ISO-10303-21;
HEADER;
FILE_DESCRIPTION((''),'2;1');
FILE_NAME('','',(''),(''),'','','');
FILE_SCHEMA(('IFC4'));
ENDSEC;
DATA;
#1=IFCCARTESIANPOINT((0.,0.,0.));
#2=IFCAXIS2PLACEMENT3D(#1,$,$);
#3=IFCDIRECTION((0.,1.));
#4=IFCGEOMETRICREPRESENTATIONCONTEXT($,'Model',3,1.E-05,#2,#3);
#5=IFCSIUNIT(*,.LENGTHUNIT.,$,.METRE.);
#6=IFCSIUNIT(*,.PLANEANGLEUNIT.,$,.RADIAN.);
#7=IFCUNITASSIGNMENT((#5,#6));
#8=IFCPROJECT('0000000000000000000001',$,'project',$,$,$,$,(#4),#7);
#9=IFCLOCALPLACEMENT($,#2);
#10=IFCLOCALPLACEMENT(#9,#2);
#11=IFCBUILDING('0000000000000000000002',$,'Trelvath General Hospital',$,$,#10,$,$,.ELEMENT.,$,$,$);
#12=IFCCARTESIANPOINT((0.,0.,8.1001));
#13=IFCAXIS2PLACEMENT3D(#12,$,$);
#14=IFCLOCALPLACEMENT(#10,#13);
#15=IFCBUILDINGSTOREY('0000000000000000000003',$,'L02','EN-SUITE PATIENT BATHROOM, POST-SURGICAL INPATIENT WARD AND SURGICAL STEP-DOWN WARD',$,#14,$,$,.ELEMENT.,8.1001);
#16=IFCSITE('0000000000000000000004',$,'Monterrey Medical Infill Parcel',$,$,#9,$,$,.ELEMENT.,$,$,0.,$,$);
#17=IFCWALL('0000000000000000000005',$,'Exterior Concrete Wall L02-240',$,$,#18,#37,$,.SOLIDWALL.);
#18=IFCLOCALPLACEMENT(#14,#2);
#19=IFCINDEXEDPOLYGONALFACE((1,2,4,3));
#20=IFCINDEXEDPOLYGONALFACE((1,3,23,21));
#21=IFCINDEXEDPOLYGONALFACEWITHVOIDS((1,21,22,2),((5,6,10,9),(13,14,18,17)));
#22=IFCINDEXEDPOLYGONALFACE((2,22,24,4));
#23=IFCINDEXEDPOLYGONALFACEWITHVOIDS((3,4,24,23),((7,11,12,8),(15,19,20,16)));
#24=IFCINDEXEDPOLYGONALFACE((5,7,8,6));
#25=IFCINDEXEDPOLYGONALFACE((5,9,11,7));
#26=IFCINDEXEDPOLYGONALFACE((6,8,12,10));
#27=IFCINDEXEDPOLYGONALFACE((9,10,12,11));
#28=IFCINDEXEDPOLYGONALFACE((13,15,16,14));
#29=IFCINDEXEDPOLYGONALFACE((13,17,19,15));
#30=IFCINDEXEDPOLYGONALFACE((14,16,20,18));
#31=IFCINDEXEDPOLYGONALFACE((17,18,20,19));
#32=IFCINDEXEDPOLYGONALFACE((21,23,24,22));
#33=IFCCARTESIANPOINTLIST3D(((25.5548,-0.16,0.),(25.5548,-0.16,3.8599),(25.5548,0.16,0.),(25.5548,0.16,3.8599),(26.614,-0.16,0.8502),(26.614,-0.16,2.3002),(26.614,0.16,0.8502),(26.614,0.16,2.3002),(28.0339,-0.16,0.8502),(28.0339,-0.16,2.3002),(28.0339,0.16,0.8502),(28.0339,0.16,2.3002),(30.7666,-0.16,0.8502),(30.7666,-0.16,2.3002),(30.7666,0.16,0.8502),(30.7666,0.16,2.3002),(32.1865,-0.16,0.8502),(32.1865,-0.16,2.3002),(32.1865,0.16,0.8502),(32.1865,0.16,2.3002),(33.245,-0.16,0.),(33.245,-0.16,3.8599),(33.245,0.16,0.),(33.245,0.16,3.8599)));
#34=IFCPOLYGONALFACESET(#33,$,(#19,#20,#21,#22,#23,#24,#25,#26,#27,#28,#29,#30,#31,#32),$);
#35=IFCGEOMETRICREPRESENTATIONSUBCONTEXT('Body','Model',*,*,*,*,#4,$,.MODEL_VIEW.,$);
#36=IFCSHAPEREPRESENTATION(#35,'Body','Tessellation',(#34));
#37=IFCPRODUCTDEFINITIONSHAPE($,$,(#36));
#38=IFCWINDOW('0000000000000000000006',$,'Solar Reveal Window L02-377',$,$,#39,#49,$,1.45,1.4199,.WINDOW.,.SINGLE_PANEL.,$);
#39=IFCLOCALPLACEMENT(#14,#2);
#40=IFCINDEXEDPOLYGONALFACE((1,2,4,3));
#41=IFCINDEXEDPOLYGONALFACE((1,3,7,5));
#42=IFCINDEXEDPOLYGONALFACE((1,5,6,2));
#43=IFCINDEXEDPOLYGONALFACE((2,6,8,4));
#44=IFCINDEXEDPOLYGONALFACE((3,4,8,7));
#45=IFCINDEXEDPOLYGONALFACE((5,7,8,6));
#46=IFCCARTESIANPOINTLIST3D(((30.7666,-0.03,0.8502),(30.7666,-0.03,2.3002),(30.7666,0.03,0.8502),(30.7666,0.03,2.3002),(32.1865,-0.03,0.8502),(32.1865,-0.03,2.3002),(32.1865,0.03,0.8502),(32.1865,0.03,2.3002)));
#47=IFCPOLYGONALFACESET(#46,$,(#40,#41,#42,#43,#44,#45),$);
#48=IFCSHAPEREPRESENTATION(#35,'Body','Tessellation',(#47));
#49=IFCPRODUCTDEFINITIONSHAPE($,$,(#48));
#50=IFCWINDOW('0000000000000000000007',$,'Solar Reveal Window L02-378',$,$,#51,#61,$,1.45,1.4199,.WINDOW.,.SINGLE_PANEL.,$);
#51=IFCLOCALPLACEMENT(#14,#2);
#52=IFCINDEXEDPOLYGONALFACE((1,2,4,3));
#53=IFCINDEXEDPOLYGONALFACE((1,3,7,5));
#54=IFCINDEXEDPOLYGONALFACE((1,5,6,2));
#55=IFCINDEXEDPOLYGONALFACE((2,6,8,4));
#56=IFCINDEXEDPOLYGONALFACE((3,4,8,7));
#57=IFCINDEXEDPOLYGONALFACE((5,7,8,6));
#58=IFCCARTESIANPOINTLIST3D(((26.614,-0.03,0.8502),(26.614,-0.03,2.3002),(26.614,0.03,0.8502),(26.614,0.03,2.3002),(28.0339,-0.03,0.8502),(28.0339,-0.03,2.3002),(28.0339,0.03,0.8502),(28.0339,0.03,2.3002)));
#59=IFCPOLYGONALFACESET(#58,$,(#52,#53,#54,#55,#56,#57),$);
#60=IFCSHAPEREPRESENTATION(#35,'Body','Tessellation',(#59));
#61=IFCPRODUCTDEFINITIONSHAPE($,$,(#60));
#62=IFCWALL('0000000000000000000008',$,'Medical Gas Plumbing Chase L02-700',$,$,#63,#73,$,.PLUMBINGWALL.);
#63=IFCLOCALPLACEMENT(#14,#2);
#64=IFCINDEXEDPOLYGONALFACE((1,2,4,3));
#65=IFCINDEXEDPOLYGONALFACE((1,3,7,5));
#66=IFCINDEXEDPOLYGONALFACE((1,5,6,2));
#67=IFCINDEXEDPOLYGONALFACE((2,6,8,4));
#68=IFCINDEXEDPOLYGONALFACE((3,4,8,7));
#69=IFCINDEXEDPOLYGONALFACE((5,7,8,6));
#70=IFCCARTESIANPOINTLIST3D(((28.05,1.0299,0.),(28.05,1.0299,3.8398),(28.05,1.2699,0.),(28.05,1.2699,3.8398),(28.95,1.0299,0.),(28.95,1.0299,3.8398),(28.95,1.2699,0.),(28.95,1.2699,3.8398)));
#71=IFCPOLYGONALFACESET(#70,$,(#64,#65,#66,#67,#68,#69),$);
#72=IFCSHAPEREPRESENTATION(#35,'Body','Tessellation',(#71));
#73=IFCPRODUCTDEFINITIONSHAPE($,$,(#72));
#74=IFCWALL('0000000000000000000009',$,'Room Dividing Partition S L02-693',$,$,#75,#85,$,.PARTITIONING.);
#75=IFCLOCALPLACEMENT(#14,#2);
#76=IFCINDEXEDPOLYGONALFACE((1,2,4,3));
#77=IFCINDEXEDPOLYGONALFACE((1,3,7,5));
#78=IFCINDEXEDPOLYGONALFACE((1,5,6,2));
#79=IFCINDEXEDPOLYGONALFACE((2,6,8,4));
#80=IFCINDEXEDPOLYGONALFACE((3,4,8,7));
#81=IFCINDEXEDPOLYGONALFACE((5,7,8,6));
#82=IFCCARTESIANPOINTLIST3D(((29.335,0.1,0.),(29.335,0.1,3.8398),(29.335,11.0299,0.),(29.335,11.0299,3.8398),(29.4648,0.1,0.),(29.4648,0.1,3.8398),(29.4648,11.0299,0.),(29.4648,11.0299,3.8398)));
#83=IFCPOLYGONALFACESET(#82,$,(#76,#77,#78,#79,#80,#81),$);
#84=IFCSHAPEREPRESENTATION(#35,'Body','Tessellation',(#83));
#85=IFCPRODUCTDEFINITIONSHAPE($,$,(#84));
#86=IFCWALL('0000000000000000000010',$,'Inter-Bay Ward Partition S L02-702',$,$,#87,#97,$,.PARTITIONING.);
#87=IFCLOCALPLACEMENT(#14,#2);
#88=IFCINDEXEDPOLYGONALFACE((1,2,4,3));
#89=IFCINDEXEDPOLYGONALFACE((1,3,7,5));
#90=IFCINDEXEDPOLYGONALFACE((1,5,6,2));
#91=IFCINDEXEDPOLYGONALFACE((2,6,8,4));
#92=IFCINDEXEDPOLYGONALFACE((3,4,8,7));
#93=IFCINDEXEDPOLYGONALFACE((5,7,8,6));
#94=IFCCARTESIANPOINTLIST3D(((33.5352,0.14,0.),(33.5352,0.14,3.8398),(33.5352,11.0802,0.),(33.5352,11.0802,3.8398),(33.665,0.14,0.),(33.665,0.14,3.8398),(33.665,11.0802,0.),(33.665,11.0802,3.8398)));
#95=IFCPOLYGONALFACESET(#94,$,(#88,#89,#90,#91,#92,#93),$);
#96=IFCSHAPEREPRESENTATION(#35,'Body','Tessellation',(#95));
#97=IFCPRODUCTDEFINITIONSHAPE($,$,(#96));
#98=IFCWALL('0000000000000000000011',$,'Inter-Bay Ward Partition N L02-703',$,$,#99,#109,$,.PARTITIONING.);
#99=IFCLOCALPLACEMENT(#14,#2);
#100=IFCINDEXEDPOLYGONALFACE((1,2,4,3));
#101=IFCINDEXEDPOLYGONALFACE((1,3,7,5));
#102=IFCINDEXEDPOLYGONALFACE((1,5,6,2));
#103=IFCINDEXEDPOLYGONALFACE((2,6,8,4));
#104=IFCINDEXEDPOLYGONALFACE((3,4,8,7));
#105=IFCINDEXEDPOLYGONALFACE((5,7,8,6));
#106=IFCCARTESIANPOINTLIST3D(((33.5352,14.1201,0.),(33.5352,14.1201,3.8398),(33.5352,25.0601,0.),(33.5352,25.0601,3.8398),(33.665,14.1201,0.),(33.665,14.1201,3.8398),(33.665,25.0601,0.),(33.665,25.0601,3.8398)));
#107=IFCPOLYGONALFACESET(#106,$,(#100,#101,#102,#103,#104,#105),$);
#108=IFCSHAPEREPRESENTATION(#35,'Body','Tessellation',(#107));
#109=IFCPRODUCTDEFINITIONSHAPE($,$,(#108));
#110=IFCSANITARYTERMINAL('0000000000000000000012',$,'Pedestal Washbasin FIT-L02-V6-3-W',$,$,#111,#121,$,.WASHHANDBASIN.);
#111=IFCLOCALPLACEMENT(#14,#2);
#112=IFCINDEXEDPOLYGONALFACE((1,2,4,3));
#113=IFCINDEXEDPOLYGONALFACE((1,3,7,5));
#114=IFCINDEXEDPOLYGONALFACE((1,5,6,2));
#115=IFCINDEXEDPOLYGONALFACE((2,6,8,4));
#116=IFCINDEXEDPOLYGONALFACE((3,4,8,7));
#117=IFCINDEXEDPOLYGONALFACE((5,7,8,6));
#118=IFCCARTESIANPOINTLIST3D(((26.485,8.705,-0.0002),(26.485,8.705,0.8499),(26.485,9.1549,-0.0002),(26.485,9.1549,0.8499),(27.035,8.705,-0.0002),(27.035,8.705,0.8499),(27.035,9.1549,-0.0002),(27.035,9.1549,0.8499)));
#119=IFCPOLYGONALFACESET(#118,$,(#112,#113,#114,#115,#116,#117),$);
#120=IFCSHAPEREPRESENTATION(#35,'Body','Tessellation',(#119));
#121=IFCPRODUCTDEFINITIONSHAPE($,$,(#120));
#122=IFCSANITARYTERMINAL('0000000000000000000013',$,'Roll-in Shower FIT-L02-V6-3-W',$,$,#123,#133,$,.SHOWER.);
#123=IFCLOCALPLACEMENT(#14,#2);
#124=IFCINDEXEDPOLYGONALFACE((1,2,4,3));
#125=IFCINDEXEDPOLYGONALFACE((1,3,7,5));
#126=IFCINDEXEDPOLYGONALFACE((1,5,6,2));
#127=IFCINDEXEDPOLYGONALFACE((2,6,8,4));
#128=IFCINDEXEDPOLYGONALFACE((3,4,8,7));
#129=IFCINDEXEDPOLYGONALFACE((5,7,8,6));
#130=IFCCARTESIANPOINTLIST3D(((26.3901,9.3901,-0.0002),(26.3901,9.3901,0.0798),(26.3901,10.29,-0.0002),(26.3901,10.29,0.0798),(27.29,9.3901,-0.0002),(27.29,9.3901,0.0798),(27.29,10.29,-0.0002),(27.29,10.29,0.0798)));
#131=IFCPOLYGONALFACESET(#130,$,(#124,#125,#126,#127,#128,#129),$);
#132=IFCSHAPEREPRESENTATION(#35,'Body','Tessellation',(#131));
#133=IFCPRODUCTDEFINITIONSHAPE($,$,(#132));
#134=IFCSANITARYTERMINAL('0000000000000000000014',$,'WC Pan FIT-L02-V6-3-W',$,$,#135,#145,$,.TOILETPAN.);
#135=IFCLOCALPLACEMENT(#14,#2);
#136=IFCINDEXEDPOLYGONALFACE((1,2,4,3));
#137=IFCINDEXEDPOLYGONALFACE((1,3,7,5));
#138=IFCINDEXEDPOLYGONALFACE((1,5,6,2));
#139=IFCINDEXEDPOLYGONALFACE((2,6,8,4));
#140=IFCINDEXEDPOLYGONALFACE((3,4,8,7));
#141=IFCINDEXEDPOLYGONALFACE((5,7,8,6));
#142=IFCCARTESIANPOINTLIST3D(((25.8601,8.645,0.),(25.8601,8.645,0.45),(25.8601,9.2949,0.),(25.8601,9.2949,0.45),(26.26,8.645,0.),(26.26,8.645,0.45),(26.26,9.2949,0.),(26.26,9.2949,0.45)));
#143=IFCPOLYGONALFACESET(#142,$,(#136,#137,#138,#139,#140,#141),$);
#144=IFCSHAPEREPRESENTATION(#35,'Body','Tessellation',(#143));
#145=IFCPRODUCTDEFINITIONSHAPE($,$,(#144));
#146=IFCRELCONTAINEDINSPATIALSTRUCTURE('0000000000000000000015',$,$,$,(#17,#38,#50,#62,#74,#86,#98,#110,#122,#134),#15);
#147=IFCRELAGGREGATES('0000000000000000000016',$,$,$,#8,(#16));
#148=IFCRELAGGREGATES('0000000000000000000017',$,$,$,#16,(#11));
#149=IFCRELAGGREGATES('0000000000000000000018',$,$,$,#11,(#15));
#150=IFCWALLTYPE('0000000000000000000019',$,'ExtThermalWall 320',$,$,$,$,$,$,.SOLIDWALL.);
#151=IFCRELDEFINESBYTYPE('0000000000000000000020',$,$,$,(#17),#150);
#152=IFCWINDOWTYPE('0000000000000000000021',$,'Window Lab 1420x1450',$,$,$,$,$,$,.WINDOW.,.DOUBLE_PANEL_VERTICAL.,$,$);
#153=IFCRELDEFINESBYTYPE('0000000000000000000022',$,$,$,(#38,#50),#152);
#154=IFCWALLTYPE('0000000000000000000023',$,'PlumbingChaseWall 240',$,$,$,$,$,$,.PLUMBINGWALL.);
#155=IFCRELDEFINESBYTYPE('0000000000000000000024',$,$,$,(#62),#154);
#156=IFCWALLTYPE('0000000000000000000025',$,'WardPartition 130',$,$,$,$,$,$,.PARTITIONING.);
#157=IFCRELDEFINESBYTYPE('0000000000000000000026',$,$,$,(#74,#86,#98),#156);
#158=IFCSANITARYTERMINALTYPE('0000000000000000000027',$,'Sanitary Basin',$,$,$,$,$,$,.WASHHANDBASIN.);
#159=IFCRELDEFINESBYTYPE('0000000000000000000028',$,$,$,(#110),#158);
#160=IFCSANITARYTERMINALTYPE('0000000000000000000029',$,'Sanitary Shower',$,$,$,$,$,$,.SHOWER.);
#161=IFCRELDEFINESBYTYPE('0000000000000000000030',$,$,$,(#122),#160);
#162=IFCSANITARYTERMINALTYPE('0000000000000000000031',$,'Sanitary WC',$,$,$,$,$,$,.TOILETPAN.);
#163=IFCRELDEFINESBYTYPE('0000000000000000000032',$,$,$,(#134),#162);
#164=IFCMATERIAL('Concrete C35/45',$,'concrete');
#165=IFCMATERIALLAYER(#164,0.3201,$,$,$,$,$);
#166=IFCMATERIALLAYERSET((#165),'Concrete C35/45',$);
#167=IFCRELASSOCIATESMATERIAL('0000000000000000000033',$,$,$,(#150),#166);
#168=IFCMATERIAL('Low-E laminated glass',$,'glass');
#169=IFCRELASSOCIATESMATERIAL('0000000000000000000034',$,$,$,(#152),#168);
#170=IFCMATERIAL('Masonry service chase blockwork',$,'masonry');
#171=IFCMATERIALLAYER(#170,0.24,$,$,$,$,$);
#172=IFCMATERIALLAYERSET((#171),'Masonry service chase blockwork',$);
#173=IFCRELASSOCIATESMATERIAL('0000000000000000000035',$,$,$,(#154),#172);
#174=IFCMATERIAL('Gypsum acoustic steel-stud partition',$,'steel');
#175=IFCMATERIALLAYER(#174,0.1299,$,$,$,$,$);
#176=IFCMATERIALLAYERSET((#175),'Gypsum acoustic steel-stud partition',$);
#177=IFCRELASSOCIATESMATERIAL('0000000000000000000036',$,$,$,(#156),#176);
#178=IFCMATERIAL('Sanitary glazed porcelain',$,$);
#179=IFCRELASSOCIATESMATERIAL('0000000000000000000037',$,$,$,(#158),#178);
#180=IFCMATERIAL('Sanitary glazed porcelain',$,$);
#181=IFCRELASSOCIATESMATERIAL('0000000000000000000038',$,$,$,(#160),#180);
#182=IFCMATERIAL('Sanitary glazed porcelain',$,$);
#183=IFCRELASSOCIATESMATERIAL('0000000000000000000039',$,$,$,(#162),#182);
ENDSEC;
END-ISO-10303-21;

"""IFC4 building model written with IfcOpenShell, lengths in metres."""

from ifc_helpers import new_model, si_unit, direction, frame, frame_2d, origin, origin_2d, place, context, subcontext, project, spatial, rectangle, extrude, material, layer, layer_set, type_object, element, fill, save


model = new_model("IFC4")

# Units and contexts
model_context = context("Model", 3, precision=1e-05, world=origin(), true_north=direction((0.0, 1.0)))
body_context = subcontext(model_context, "Body", "Model", "MODEL_VIEW")
ifc_project = project(units=[si_unit("LENGTHUNIT", "METRE"), si_unit("PLANEANGLEUNIT", "RADIAN")], contexts=[model_context])

# Site, building, storey
site_placement = place(None, origin())
site = spatial("IfcSite", under=ifc_project, at=site_placement, Name="Monterrey Medical Infill Parcel", CompositionType="ELEMENT", RefElevation=0.0)
building_placement = place(site_placement, origin())
building = spatial("IfcBuilding", under=site, at=building_placement, Name="Trelvath General Hospital", CompositionType="ELEMENT")
storey_placement = place(building_placement, frame((0.0, 0.0, 8.1001)))
storey = spatial("IfcBuildingStorey", under=building, at=storey_placement, Name="L02", Description="EN-SUITE PATIENT BATHROOM, POST-SURGICAL INPATIENT WARD AND SURGICAL STEP-DOWN WARD", CompositionType="ELEMENT", Elevation=8.1001)

# Wall, openings, windows
ifc_material_1 = material(Name="Concrete C35/45", Category="concrete")
ifc_layer_1 = layer(ifc_material_1, 0.3201)
ifc_layer_set_1 = layer_set([ifc_layer_1], Name="Concrete C35/45")
wall_type_1 = type_object("IfcWallType", Name="ExtThermalWall 320", PredefinedType="SOLIDWALL", material=ifc_layer_set_1)
wall_1_placement = place(storey_placement, frame((33.2451, 0.0, 0.0), z_axis=(0.0, 0.0, 1.0), x_axis=(-1.0, 0.0, 0.0)))
wall_1 = element("IfcWall", 1, at=wall_1_placement, inside=storey, type_object=wall_type_1, Name="Exterior Concrete Wall L02-240", PredefinedType="SOLIDWALL", context=body_context, shape_type="SweptSolid", body=[
    extrude(rectangle(XDim=7.6902, YDim=0.3201, at=frame_2d((3.8452, 0.0))), origin(), (0.0, 0.0, 1.0), 3.8599),
])
opening_1_placement = place(wall_1_placement, frame((1.0586, 0.0, 0.8501)))
opening_1 = element("IfcOpeningElement", 2, at=opening_1_placement, cuts=wall_1, PredefinedType="OPENING", context=body_context, shape_type="SweptSolid", body=[
    extrude(rectangle(XDim=1.4199, YDim=1.45, at=frame_2d((0.71, 0.7251))), frame((0.0, 0.1699, 0.0), z_axis=(0.0, -1.0, 0.0), x_axis=(1.0, 0.0, 0.0)), (0.0, 0.0, 1.0), 0.3401),
])
opening_2_placement = place(wall_1_placement, frame((5.2112, 0.0, 0.8501)))
opening_2 = element("IfcOpeningElement", 3, at=opening_2_placement, cuts=wall_1, PredefinedType="OPENING", context=body_context, shape_type="SweptSolid", body=[
    extrude(rectangle(XDim=1.4199, YDim=1.45, at=frame_2d((0.71, 0.7251))), frame((0.0, 0.1699, 0.0), z_axis=(0.0, -1.0, 0.0), x_axis=(1.0, 0.0, 0.0)), (0.0, 0.0, 1.0), 0.3401),
])
ifc_material_2 = material(Name="Low-E laminated glass", Category="glass")
window_type = type_object("IfcWindowType", Name="Window Lab 1420x1450", PartitioningType="DOUBLE_PANEL_VERTICAL", PredefinedType="WINDOW", material=ifc_material_2)
window_1_placement = place(opening_1_placement, origin())
window_1 = element("IfcWindow", 4, at=window_1_placement, inside=storey, type_object=window_type, Name="Solar Reveal Window L02-377", OverallHeight=1.45, OverallWidth=1.4199, PartitioningType="SINGLE_PANEL", PredefinedType="WINDOW", context=body_context, shape_type="SweptSolid", body=[
    extrude(rectangle(XDim=1.4199, YDim=1.45, at=frame_2d((0.71, 0.7251))), frame((0.0, 0.03, 0.0), z_axis=(0.0, -1.0, 0.0), x_axis=(1.0, 0.0, 0.0)), (0.0, 0.0, 1.0), 0.0601),
])
fill(opening_1, window_1)
window_2_placement = place(opening_2_placement, origin())
window_2 = element("IfcWindow", 5, at=window_2_placement, inside=storey, type_object=window_type, Name="Solar Reveal Window L02-378", OverallHeight=1.45, OverallWidth=1.4199, PartitioningType="SINGLE_PANEL", PredefinedType="WINDOW", context=body_context, shape_type="SweptSolid", body=[
    extrude(rectangle(XDim=1.4199, YDim=1.45, at=frame_2d((0.71, 0.7251))), frame((0.0, 0.03, 0.0), z_axis=(0.0, -1.0, 0.0), x_axis=(1.0, 0.0, 0.0)), (0.0, 0.0, 1.0), 0.0601),
])
fill(opening_2, window_2)

# Walls
ifc_material_3 = material(Name="Masonry service chase blockwork", Category="masonry")
ifc_layer_2 = layer(ifc_material_3, 0.24)
ifc_layer_set_2 = layer_set([ifc_layer_2], Name="Masonry service chase blockwork")
wall_type_2 = type_object("IfcWallType", Name="PlumbingChaseWall 240", PredefinedType="PLUMBINGWALL", material=ifc_layer_set_2)
wall_2_placement = place(storey_placement, frame((28.05, 1.1499, 0.0), z_axis=(0.0, 0.0, 1.0), x_axis=(1.0, 0.0, 0.0)))
element("IfcWall", 6, at=wall_2_placement, inside=storey, type_object=wall_type_2, Name="Medical Gas Plumbing Chase L02-700", PredefinedType="PLUMBINGWALL", context=body_context, shape_type="SweptSolid", body=[
    extrude(rectangle(XDim=0.8999, YDim=0.24, at=frame_2d((0.45, 0.0))), origin(), (0.0, 0.0, 1.0), 3.8398),
])
ifc_material_4 = material(Name="Gypsum acoustic steel-stud partition", Category="steel")
ifc_layer_3 = layer(ifc_material_4, 0.1299)
ifc_layer_set_3 = layer_set([ifc_layer_3], Name="Gypsum acoustic steel-stud partition")
wall_type_3 = type_object("IfcWallType", Name="WardPartition 130", PredefinedType="PARTITIONING", material=ifc_layer_set_3)
wall_3_placement = place(storey_placement, frame((29.3999, 0.1001, 0.0), z_axis=(0.0, 0.0, 1.0), x_axis=(0.0, 1.0, 0.0)))
element("IfcWall", 7, at=wall_3_placement, inside=storey, type_object=wall_type_3, Name="Room Dividing Partition S L02-693", PredefinedType="PARTITIONING", context=body_context, shape_type="SweptSolid", body=[
    extrude(rectangle(XDim=10.9299, YDim=0.1299, at=frame_2d((5.4648, 0.0))), origin(), (0.0, 0.0, 1.0), 3.8398),
])
wall_4_placement = place(storey_placement, frame((33.6001, 0.1399, 0.0), z_axis=(0.0, 0.0, 1.0), x_axis=(0.0, 1.0, 0.0)))
element("IfcWall", 8, at=wall_4_placement, inside=storey, type_object=wall_type_3, Name="Inter-Bay Ward Partition S L02-702", PredefinedType="PARTITIONING", context=body_context, shape_type="SweptSolid", body=[
    extrude(rectangle(XDim=10.9402, YDim=0.1299, at=frame_2d((5.4702, 0.0))), origin(), (0.0, 0.0, 1.0), 3.8398),
])
wall_5_placement = place(storey_placement, frame((33.6001, 14.1201, 0.0), z_axis=(0.0, 0.0, 1.0), x_axis=(0.0, 1.0, 0.0)))
element("IfcWall", 9, at=wall_5_placement, inside=storey, type_object=wall_type_3, Name="Inter-Bay Ward Partition N L02-703", PredefinedType="PARTITIONING", context=body_context, shape_type="SweptSolid", body=[
    extrude(rectangle(XDim=10.9399, YDim=0.1299, at=frame_2d((5.47, 0.0))), origin(), (0.0, 0.0, 1.0), 3.8398),
])

# Sanitary terminals
ifc_material_5 = material(Name="Sanitary glazed porcelain")
sanitary_terminal_type_1 = type_object("IfcSanitaryTerminalType", Name="Sanitary Basin", PredefinedType="WASHHANDBASIN", material=ifc_material_5)
sanitary_terminal_1_placement = place(storey_placement, frame((26.76, 8.9299, -0.0002), z_axis=(0.0, 0.0, 1.0), x_axis=(1.0, 0.0, 0.0)))
element("IfcSanitaryTerminal", 10, at=sanitary_terminal_1_placement, inside=storey, type_object=sanitary_terminal_type_1, Name="Pedestal Washbasin FIT-L02-V6-3-W", PredefinedType="WASHHANDBASIN", context=body_context, shape_type="SweptSolid", body=[
    extrude(rectangle(XDim=0.55, YDim=0.45, at=origin_2d()), origin(), (0.0, 0.0, 1.0), 0.8501),
])
ifc_material_6 = material(Name="Sanitary glazed porcelain")
sanitary_terminal_type_2 = type_object("IfcSanitaryTerminalType", Name="Sanitary Shower", PredefinedType="SHOWER", material=ifc_material_6)
sanitary_terminal_2_placement = place(storey_placement, frame((26.8401, 9.8401, -0.0002), z_axis=(0.0, 0.0, 1.0), x_axis=(1.0, 0.0, 0.0)))
element("IfcSanitaryTerminal", 11, at=sanitary_terminal_2_placement, inside=storey, type_object=sanitary_terminal_type_2, Name="Roll-in Shower FIT-L02-V6-3-W", PredefinedType="SHOWER", context=body_context, shape_type="SweptSolid", body=[
    extrude(rectangle(XDim=0.8999, YDim=0.8999, at=origin_2d()), origin(), (0.0, 0.0, 1.0), 0.0801),
])
ifc_material_7 = material(Name="Sanitary glazed porcelain")
sanitary_terminal_type_3 = type_object("IfcSanitaryTerminalType", Name="Sanitary WC", PredefinedType="TOILETPAN", material=ifc_material_7)
sanitary_terminal_3_placement = place(storey_placement, frame((26.0601, 8.97, 0.0), z_axis=(0.0, 0.0, 1.0), x_axis=(1.0, 0.0, 0.0)))
element("IfcSanitaryTerminal", 12, at=sanitary_terminal_3_placement, inside=storey, type_object=sanitary_terminal_type_3, Name="WC Pan FIT-L02-V6-3-W", PredefinedType="TOILETPAN", context=body_context, shape_type="SweptSolid", body=[
    extrude(rectangle(XDim=0.3999, YDim=0.6499, at=origin_2d()), origin(), (0.0, 0.0, 1.0), 0.45),
])

save(model, "model.ifc")
